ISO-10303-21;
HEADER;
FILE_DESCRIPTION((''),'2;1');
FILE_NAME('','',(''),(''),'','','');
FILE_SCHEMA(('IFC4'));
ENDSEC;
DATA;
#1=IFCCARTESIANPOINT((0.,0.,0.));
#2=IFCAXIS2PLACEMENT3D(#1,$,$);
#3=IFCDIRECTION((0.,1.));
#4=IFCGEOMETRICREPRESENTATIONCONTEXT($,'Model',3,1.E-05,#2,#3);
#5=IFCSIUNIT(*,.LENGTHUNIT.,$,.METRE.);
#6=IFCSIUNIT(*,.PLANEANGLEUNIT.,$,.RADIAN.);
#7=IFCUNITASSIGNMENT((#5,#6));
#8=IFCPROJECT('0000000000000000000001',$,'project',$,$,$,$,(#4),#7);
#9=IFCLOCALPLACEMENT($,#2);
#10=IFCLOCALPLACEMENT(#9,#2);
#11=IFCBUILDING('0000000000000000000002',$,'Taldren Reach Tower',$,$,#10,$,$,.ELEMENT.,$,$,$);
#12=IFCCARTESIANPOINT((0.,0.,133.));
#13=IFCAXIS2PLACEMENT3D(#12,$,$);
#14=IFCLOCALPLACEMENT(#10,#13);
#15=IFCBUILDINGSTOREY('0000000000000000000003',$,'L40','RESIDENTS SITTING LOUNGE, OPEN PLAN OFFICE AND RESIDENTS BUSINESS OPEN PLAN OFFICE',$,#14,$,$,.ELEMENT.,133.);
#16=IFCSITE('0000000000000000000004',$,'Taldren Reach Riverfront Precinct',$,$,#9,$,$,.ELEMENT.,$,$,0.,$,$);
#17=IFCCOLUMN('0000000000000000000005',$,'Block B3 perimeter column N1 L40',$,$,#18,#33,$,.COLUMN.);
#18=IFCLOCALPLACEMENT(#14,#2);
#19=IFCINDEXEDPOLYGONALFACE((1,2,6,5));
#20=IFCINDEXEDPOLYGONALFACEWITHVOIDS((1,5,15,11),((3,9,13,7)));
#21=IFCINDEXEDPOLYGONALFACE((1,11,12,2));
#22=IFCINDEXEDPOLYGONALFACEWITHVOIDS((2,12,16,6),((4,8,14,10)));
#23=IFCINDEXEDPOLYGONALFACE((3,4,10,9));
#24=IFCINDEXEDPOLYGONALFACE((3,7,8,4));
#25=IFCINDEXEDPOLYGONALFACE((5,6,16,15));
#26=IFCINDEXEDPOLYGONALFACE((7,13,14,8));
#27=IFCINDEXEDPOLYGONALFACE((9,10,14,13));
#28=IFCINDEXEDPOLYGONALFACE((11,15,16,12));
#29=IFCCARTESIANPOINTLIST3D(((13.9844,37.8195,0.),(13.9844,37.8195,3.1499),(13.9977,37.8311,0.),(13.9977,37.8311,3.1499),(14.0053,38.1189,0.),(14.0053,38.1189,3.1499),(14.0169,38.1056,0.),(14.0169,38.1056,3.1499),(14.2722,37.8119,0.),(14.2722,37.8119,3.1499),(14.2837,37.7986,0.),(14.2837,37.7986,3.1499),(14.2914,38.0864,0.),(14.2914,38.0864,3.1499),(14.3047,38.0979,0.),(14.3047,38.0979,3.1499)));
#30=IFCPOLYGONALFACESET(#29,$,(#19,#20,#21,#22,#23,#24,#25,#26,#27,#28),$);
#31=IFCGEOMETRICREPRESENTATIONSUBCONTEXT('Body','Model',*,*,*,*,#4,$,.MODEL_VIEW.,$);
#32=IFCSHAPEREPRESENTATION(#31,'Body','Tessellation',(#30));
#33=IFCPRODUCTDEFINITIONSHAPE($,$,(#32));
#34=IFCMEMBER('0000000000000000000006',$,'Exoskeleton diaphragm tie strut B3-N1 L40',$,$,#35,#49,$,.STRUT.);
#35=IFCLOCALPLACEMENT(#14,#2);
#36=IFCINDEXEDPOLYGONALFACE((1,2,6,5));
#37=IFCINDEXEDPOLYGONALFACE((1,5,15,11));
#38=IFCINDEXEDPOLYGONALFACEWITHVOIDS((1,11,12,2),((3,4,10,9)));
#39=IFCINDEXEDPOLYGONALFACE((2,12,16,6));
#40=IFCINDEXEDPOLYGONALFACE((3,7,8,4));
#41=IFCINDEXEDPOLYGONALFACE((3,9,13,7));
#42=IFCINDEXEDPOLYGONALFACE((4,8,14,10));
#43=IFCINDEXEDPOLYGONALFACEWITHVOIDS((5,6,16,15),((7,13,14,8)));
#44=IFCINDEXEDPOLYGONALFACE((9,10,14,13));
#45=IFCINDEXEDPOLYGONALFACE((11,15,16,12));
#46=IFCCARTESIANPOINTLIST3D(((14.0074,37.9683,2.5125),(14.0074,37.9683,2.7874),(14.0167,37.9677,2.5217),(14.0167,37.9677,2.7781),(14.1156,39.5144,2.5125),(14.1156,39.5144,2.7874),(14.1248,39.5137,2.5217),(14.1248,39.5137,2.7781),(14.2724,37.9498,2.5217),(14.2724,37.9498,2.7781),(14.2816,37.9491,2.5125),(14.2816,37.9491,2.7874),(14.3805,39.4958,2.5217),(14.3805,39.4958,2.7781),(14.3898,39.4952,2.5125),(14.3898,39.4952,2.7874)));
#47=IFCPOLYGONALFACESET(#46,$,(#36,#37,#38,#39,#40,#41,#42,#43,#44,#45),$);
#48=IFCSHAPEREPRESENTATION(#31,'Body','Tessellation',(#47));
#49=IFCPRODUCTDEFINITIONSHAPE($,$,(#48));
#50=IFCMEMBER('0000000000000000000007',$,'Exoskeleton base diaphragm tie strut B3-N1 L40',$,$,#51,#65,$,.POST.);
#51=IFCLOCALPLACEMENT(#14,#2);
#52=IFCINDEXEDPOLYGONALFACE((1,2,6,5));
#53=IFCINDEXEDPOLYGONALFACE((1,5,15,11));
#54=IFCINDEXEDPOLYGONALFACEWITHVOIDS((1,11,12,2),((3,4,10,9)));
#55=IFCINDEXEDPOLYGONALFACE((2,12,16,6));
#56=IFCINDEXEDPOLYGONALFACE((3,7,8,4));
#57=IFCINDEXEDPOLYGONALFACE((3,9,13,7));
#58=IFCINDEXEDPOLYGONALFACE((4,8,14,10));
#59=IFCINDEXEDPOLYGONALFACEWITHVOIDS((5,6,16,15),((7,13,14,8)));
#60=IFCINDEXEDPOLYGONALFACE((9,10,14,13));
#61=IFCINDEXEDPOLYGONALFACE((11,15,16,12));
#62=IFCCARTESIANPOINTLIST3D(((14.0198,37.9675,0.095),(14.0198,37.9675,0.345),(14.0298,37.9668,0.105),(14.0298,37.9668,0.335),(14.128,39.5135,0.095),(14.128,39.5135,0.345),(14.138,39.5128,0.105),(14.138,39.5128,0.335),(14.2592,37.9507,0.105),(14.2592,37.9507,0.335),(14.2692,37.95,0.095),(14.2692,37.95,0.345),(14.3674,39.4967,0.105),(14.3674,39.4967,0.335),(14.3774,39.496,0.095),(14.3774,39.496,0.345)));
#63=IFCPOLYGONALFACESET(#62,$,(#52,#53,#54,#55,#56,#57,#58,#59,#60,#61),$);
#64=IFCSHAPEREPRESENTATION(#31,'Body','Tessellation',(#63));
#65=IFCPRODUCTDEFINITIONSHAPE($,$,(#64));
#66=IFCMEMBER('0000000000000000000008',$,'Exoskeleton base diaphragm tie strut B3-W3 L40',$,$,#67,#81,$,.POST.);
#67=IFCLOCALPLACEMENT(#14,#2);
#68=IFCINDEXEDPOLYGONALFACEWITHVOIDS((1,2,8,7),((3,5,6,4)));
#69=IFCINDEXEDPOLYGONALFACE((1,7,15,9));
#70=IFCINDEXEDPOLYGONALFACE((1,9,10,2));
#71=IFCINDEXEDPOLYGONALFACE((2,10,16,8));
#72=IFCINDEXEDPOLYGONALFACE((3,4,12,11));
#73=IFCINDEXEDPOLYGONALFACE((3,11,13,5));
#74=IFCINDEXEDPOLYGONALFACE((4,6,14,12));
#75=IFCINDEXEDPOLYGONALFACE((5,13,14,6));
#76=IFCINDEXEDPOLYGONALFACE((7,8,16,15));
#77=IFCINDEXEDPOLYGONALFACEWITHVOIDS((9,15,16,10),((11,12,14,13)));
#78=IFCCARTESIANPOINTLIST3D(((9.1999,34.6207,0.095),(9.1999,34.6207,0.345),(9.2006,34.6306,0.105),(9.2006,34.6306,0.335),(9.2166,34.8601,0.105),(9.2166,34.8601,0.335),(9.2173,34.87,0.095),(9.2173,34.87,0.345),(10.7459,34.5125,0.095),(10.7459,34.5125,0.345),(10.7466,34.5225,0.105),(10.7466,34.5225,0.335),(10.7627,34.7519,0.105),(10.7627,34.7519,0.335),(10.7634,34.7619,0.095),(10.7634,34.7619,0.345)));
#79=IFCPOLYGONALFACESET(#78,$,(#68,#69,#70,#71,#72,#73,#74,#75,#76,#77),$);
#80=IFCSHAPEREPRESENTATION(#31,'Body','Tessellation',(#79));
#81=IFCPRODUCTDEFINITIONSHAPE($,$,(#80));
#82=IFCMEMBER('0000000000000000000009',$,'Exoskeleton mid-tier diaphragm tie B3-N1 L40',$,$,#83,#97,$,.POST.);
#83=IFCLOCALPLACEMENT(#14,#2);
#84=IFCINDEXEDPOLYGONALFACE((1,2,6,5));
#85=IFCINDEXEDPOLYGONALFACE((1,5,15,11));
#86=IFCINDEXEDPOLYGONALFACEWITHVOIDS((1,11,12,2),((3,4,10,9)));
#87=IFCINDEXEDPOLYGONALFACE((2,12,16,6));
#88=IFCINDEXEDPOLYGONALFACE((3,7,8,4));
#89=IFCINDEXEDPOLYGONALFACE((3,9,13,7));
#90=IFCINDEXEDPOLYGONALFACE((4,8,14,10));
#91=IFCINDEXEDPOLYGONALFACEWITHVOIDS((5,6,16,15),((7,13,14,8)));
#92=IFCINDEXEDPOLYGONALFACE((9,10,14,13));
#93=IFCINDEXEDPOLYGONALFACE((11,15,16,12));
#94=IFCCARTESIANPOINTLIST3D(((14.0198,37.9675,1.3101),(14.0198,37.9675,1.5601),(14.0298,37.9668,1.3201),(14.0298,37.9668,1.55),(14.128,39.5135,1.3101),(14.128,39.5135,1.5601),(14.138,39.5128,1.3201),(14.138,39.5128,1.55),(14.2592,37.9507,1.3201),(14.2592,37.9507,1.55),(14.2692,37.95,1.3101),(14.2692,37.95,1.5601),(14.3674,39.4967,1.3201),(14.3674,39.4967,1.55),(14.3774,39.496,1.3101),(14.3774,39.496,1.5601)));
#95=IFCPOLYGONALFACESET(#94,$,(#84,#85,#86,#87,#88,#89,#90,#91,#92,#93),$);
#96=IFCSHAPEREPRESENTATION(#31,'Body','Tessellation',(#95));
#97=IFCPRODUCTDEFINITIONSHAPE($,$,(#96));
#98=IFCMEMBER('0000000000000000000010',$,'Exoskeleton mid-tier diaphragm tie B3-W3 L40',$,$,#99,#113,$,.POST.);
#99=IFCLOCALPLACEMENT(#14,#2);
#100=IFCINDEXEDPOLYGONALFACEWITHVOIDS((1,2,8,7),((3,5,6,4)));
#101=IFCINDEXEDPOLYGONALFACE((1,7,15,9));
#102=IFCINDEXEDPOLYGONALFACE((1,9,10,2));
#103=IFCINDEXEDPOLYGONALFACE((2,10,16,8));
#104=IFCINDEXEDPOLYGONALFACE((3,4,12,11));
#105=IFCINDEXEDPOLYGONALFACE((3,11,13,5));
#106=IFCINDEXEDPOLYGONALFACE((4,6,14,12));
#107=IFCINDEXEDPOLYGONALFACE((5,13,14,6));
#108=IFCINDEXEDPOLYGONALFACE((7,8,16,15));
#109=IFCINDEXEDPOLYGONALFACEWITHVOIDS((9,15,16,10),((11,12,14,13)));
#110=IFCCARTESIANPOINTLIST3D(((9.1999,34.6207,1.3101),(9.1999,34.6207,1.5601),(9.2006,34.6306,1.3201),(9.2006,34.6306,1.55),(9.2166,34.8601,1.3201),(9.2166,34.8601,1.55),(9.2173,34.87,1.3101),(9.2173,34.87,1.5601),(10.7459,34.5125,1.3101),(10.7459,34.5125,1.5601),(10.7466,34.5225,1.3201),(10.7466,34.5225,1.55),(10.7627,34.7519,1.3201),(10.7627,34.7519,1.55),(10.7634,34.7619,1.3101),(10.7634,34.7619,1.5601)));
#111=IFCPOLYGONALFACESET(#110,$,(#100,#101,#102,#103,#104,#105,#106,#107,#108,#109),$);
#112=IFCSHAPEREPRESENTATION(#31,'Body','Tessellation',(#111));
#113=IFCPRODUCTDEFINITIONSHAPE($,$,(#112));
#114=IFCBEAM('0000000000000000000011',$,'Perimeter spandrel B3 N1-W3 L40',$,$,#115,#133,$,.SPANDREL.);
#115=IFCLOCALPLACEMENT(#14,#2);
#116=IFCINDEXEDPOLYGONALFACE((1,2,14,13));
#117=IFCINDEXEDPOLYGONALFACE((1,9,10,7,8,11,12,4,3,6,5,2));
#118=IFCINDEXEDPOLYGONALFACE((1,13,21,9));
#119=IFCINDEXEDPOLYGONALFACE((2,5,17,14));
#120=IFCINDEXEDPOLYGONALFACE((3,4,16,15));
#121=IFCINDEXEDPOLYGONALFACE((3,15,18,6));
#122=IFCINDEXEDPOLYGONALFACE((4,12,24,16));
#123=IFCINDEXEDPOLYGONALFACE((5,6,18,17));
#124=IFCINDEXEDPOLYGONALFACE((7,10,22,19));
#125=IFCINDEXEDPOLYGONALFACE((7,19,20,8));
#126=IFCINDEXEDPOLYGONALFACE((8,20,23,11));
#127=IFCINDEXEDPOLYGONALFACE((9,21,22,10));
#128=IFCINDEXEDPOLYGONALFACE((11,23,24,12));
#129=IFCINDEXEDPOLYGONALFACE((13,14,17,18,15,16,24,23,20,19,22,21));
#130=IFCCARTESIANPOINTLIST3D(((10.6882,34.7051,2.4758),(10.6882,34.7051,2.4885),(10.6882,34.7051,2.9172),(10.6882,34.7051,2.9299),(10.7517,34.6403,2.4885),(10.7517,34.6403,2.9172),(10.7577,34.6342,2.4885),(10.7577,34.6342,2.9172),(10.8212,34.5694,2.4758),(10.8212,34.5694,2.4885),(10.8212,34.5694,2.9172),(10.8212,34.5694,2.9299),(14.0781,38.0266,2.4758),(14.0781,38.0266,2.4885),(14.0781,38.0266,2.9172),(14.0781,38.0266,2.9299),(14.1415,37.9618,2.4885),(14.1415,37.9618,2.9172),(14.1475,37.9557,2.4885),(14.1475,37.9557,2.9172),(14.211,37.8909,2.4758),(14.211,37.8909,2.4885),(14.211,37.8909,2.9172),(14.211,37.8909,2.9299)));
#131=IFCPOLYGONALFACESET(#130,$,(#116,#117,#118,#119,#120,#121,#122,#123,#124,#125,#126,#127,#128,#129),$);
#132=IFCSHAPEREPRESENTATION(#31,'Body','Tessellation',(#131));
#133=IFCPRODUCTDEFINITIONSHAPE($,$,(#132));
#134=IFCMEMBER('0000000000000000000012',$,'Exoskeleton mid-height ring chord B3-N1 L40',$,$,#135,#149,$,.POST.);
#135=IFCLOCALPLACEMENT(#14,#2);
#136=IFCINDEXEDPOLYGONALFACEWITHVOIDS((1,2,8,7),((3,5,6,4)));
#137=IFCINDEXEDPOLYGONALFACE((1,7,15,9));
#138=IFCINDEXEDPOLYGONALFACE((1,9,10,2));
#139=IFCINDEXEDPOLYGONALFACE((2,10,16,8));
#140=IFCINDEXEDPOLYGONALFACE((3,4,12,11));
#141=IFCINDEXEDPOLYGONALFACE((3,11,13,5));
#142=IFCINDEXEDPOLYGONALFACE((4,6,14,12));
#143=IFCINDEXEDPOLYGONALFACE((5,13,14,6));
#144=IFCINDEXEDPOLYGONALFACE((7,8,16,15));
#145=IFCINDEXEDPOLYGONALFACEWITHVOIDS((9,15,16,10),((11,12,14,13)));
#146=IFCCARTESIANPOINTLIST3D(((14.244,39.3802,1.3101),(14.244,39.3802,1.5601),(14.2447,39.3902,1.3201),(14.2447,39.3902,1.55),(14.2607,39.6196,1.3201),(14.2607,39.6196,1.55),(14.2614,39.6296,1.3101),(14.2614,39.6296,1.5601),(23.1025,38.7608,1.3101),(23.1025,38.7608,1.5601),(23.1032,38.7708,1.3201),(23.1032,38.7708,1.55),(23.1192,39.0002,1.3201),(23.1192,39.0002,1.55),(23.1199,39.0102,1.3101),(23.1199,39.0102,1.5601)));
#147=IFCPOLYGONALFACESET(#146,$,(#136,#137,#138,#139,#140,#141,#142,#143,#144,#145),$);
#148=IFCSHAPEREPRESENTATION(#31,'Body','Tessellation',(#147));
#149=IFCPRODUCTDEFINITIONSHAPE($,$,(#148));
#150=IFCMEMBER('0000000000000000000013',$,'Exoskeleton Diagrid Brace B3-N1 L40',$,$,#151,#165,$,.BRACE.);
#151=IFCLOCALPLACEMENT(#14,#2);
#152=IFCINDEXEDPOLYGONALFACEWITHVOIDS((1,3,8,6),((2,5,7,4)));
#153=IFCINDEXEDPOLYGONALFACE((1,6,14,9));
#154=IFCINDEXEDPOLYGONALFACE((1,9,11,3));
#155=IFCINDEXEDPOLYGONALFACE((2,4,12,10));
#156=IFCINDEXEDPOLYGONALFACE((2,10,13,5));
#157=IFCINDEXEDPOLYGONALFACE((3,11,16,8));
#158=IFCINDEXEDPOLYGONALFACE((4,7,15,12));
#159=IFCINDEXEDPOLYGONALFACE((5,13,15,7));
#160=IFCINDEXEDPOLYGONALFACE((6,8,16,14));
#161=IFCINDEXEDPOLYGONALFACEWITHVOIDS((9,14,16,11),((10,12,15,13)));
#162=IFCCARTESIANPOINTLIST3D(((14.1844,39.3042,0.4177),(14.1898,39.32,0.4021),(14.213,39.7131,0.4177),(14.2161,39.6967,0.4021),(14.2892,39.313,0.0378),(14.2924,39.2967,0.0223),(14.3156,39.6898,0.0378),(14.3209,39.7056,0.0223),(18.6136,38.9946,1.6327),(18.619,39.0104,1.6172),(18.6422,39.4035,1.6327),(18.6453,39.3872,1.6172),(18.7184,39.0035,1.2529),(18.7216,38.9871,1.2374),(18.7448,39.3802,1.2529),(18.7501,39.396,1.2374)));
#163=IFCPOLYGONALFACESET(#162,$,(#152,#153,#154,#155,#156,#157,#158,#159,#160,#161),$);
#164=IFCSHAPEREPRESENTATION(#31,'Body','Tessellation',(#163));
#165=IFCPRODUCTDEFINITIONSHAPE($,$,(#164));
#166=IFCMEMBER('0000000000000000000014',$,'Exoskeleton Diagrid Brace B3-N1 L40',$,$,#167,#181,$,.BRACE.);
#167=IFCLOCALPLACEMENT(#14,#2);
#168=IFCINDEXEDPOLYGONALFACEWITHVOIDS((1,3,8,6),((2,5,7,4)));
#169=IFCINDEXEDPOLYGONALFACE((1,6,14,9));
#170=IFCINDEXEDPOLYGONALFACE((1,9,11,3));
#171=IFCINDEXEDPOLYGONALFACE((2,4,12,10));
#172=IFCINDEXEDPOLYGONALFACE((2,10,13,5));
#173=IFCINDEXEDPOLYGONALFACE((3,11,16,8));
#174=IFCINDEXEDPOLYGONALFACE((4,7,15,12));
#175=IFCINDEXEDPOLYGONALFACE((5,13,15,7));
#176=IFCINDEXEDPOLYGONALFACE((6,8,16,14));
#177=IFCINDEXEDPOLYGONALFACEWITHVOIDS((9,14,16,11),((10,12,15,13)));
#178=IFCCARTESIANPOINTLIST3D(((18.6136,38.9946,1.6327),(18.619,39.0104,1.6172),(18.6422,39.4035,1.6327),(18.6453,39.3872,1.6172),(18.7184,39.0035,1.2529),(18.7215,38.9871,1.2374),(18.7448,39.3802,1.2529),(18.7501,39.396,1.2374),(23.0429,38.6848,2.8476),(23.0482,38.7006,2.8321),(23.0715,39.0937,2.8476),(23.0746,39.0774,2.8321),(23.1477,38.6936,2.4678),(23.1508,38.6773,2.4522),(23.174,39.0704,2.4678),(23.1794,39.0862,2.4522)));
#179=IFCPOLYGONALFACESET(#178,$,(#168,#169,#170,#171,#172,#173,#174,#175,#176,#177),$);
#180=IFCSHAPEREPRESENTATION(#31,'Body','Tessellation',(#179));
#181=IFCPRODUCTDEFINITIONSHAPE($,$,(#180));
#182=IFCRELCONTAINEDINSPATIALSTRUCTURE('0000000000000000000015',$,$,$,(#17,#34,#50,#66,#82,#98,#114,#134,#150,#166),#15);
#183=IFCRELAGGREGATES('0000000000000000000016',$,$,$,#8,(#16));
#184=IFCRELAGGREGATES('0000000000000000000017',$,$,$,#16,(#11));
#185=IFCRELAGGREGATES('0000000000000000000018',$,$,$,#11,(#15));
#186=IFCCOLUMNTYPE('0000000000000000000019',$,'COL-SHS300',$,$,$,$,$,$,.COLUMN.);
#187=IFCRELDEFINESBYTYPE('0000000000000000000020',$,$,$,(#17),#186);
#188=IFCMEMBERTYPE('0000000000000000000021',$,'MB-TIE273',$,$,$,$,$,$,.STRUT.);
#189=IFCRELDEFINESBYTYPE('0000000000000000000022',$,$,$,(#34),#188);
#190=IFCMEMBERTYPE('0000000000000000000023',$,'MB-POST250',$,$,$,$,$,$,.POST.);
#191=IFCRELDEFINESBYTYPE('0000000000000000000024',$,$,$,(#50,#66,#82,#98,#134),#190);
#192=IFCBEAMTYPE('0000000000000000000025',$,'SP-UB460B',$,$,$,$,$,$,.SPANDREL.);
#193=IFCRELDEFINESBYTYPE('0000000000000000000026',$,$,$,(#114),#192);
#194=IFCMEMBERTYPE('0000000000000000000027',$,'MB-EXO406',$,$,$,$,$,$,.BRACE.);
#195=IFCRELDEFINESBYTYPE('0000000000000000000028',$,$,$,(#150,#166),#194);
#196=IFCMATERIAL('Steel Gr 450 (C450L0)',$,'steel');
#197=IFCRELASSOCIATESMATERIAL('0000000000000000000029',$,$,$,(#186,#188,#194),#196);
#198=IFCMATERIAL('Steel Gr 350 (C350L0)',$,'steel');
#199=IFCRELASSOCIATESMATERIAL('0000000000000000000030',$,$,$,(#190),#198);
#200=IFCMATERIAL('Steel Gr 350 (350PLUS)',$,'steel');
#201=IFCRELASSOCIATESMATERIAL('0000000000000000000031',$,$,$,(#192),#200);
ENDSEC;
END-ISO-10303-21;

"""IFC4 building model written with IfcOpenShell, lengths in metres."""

from ifc_helpers import new_model, si_unit, direction, frame, origin, origin_2d, place, context, subcontext, project, spatial, hollow_rectangle, i_section, extrude, source, transform, mapped, material, material_profile, profile_set, type_object, element, save


model = new_model("IFC4")

# Units and contexts
model_context = context("Model", 3, precision=1e-05, world=origin(), true_north=direction((0.0, 1.0)))
body_context = subcontext(model_context, "Body", "Model", "MODEL_VIEW")
ifc_project = project(units=[si_unit("LENGTHUNIT", "METRE"), si_unit("PLANEANGLEUNIT", "RADIAN")], contexts=[model_context])

# Site, building, storey
site_placement = place(None, origin())
site = spatial("IfcSite", under=ifc_project, at=site_placement, Name="Taldren Reach Riverfront Precinct", CompositionType="ELEMENT", RefElevation=0.0)
building_placement = place(site_placement, origin())
building = spatial("IfcBuilding", under=site, at=building_placement, Name="Taldren Reach Tower", CompositionType="ELEMENT")
storey_placement = place(building_placement, frame((0.0, 0.0, 133.0)))
storey = spatial("IfcBuildingStorey", under=building, at=storey_placement, Name="L40", Description="RESIDENTS SITTING LOUNGE, OPEN PLAN OFFICE AND RESIDENTS BUSINESS OPEN PLAN OFFICE", CompositionType="ELEMENT", Elevation=133.0)

# Column
ifc_material_1 = material(Name="Steel Gr 450 (C450L0)", Category="steel")
ifc_material_profile_1 = material_profile(ifc_material_1, hollow_rectangle(XDim=0.3, YDim=0.3, WallThickness=0.0125, at=origin_2d()), Name="300x300x12.5SHS")
ifc_profile_set_1 = profile_set([ifc_material_profile_1], Name="Steel Gr 450 (C450L0)")
column_type = type_object("IfcColumnType", Name="COL-SHS300", PredefinedType="COLUMN", material=ifc_profile_set_1)
shared_shape_1 = source(origin(), body_context, "Body", "SweptSolid", [
    extrude(hollow_rectangle(XDim=0.3, YDim=0.3, WallThickness=0.0125, at=origin_2d()), origin(), (0.0, 0.0, 1.0), 3.1499),
])
column_placement = place(storey_placement, frame((14.1445, 37.9587, 0.0), z_axis=(0.0, 0.0, 1.0), x_axis=(0.997564, -0.069756, 0.0)))
element("IfcColumn", 1, at=column_placement, inside=storey, type_object=column_type, Name="Block B3 perimeter column N1 L40", PredefinedType="COLUMN", context=body_context, shape_type="MappedRepresentation", body=[
    mapped(shared_shape_1, transform((0.0, 0.0, 0.0), scale=1.0)),
])

# Members
ifc_material_profile_2 = material_profile(ifc_material_1, hollow_rectangle(XDim=0.2749, YDim=0.2749, WallThickness=0.0093, at=origin_2d()), Name="275x275x9.3SHS")
ifc_profile_set_2 = profile_set([ifc_material_profile_2], Name="Steel Gr 450 (C450L0)")
member_type_1 = type_object("IfcMemberType", Name="MB-TIE273", PredefinedType="STRUT", material=ifc_profile_set_2)
shared_shape_2 = source(origin(), body_context, "Body", "SweptSolid", [
    extrude(hollow_rectangle(XDim=0.2749, YDim=0.2749, WallThickness=0.0093, at=origin_2d()), origin(), (0.0, 0.0, 1.0), 1.5498),
])
member_1_placement = place(storey_placement, frame((14.1445, 37.9587, 2.6499), z_axis=(0.069781, 0.997562, 0.0), x_axis=(-0.997562, 0.069781, 0.0)))
element("IfcMember", 2, at=member_1_placement, inside=storey, type_object=member_type_1, Name="Exoskeleton diaphragm tie strut B3-N1 L40", PredefinedType="STRUT", context=body_context, shape_type="MappedRepresentation", body=[
    mapped(shared_shape_2, transform((0.0, 0.0, 0.0), scale=1.0)),
])
ifc_material_2 = material(Name="Steel Gr 350 (C350L0)", Category="steel")
ifc_material_profile_3 = material_profile(ifc_material_2, hollow_rectangle(XDim=0.25, YDim=0.25, WallThickness=0.01, at=origin_2d()), Name="250x250x10.0SHS")
ifc_profile_set_3 = profile_set([ifc_material_profile_3], Name="Steel Gr 350 (C350L0)")
member_type_2 = type_object("IfcMemberType", Name="MB-POST250", PredefinedType="POST", material=ifc_profile_set_3)
shared_shape_3 = source(origin(), body_context, "Body", "SweptSolid", [
    extrude(hollow_rectangle(XDim=0.25, YDim=0.25, WallThickness=0.01, at=origin_2d()), origin(), (0.0, 0.0, 1.0), 1.5498),
])
for number, where, z_axis, x_axis, name in (
    (3, (14.1445, 37.9587, 0.22), (0.069781, 0.997562, 0.0), (-0.997562, 0.069781, 0.0), "Exoskeleton base diaphragm tie strut B3-N1 L40"),
    (4, (10.7546, 34.6372, 0.22), (-0.997562, 0.069781, 0.0), (-0.069781, -0.997562, 0.0), "Exoskeleton base diaphragm tie strut B3-W3 L40"),
    (5, (14.1445, 37.9587, 1.4351), (0.069781, 0.997562, 0.0), (-0.997562, 0.069781, 0.0), "Exoskeleton mid-tier diaphragm tie B3-N1 L40"),
    (6, (10.7546, 34.6372, 1.4351), (-0.997562, 0.069781, 0.0), (-0.069781, -0.997562, 0.0), "Exoskeleton mid-tier diaphragm tie B3-W3 L40"),
):
    element("IfcMember", number, at=place(storey_placement, frame(where, z_axis=z_axis, x_axis=x_axis)), inside=storey, type_object=member_type_2, Name=name, PredefinedType="POST", context=body_context, shape_type="MappedRepresentation", body=[
        mapped(shared_shape_3, transform((0.0, 0.0, 0.0), scale=1.0)),
    ])

# Beam
ifc_material_3 = material(Name="Steel Gr 350 (350PLUS)", Category="steel")
ifc_material_profile_4 = material_profile(ifc_material_3, i_section(OverallWidth=0.1899, OverallDepth=0.4541, WebThickness=0.0085, FlangeThickness=0.0127, at=origin_2d()), Name="460UB67.1")
ifc_profile_set_4 = profile_set([ifc_material_profile_4], Name="Steel Gr 350 (350PLUS)")
beam_type = type_object("IfcBeamType", Name="SP-UB460B", PredefinedType="SPANDREL", material=ifc_profile_set_4)
shared_shape_4 = source(origin(), body_context, "Body", "SweptSolid", [
    extrude(i_section(OverallWidth=0.1899, OverallDepth=0.4541, WebThickness=0.0085, FlangeThickness=0.0127, at=origin_2d()), origin(), (0.0, 0.0, 1.0), 4.7458),
])
beam_placement = place(storey_placement, frame((14.1445, 37.9587, 2.7029), z_axis=(-0.714272, -0.699868, 0.0), x_axis=(0.699868, -0.714272, 0.0)))
element("IfcBeam", 7, at=beam_placement, inside=storey, type_object=beam_type, Name="Perimeter spandrel B3 N1-W3 L40", PredefinedType="SPANDREL", context=body_context, shape_type="MappedRepresentation", body=[
    mapped(shared_shape_4, transform((0.0, 0.0, 0.0), scale=1.0)),
])

# Members
shared_shape_5 = source(origin(), body_context, "Body", "SweptSolid", [
    extrude(hollow_rectangle(XDim=0.25, YDim=0.25, WallThickness=0.01, at=origin_2d()), origin(), (0.0, 0.0, 1.0), 8.8801),
])
member_2_placement = place(storey_placement, frame((14.2527, 39.5049, 1.4351), z_axis=(0.997564, -0.06975, 0.0), x_axis=(0.06975, 0.997564, 0.0)))
element("IfcMember", 8, at=member_2_placement, inside=storey, type_object=member_type_2, Name="Exoskeleton mid-height ring chord B3-N1 L40", PredefinedType="POST", context=body_context, shape_type="MappedRepresentation", body=[
    mapped(shared_shape_5, transform((0.0, 0.0, 0.0), scale=1.0)),
])
ifc_material_profile_5 = material_profile(ifc_material_1, hollow_rectangle(XDim=0.4099, YDim=0.4099, WallThickness=0.0161, at=origin_2d()), Name="410x410x16.0SHS")
ifc_profile_set_5 = profile_set([ifc_material_profile_5], Name="Steel Gr 450 (C450L0)")
member_type_3 = type_object("IfcMemberType", Name="MB-EXO406", PredefinedType="BRACE", material=ifc_profile_set_5)
shared_shape_6 = source(origin(), body_context, "Body", "SweptSolid", [
    extrude(hollow_rectangle(XDim=0.4099, YDim=0.4099, WallThickness=0.0161, at=origin_2d()), origin(), (0.0, 0.0, 1.0), 4.6033),
])
for number, where, z_axis, x_axis, name in (
    (9, (14.2527, 39.5049, 0.22), (0.962186, -0.06725, 0.263962), (0.069723, 0.997566, 0.0), "Exoskeleton Diagrid Brace B3-N1 L40"),
    (10, (18.6819, 39.1953, 1.4351), (0.962196, -0.067304, 0.263912), (0.069778, 0.997563, 0.0), "Exoskeleton Diagrid Brace B3-N1 L40"),
):
    element("IfcMember", number, at=place(storey_placement, frame(where, z_axis=z_axis, x_axis=x_axis)), inside=storey, type_object=member_type_3, Name=name, PredefinedType="BRACE", context=body_context, shape_type="MappedRepresentation", body=[
        mapped(shared_shape_6, transform((0.0, 0.0, 0.0), scale=1.0)),
    ])

save(model, "model.ifc")
